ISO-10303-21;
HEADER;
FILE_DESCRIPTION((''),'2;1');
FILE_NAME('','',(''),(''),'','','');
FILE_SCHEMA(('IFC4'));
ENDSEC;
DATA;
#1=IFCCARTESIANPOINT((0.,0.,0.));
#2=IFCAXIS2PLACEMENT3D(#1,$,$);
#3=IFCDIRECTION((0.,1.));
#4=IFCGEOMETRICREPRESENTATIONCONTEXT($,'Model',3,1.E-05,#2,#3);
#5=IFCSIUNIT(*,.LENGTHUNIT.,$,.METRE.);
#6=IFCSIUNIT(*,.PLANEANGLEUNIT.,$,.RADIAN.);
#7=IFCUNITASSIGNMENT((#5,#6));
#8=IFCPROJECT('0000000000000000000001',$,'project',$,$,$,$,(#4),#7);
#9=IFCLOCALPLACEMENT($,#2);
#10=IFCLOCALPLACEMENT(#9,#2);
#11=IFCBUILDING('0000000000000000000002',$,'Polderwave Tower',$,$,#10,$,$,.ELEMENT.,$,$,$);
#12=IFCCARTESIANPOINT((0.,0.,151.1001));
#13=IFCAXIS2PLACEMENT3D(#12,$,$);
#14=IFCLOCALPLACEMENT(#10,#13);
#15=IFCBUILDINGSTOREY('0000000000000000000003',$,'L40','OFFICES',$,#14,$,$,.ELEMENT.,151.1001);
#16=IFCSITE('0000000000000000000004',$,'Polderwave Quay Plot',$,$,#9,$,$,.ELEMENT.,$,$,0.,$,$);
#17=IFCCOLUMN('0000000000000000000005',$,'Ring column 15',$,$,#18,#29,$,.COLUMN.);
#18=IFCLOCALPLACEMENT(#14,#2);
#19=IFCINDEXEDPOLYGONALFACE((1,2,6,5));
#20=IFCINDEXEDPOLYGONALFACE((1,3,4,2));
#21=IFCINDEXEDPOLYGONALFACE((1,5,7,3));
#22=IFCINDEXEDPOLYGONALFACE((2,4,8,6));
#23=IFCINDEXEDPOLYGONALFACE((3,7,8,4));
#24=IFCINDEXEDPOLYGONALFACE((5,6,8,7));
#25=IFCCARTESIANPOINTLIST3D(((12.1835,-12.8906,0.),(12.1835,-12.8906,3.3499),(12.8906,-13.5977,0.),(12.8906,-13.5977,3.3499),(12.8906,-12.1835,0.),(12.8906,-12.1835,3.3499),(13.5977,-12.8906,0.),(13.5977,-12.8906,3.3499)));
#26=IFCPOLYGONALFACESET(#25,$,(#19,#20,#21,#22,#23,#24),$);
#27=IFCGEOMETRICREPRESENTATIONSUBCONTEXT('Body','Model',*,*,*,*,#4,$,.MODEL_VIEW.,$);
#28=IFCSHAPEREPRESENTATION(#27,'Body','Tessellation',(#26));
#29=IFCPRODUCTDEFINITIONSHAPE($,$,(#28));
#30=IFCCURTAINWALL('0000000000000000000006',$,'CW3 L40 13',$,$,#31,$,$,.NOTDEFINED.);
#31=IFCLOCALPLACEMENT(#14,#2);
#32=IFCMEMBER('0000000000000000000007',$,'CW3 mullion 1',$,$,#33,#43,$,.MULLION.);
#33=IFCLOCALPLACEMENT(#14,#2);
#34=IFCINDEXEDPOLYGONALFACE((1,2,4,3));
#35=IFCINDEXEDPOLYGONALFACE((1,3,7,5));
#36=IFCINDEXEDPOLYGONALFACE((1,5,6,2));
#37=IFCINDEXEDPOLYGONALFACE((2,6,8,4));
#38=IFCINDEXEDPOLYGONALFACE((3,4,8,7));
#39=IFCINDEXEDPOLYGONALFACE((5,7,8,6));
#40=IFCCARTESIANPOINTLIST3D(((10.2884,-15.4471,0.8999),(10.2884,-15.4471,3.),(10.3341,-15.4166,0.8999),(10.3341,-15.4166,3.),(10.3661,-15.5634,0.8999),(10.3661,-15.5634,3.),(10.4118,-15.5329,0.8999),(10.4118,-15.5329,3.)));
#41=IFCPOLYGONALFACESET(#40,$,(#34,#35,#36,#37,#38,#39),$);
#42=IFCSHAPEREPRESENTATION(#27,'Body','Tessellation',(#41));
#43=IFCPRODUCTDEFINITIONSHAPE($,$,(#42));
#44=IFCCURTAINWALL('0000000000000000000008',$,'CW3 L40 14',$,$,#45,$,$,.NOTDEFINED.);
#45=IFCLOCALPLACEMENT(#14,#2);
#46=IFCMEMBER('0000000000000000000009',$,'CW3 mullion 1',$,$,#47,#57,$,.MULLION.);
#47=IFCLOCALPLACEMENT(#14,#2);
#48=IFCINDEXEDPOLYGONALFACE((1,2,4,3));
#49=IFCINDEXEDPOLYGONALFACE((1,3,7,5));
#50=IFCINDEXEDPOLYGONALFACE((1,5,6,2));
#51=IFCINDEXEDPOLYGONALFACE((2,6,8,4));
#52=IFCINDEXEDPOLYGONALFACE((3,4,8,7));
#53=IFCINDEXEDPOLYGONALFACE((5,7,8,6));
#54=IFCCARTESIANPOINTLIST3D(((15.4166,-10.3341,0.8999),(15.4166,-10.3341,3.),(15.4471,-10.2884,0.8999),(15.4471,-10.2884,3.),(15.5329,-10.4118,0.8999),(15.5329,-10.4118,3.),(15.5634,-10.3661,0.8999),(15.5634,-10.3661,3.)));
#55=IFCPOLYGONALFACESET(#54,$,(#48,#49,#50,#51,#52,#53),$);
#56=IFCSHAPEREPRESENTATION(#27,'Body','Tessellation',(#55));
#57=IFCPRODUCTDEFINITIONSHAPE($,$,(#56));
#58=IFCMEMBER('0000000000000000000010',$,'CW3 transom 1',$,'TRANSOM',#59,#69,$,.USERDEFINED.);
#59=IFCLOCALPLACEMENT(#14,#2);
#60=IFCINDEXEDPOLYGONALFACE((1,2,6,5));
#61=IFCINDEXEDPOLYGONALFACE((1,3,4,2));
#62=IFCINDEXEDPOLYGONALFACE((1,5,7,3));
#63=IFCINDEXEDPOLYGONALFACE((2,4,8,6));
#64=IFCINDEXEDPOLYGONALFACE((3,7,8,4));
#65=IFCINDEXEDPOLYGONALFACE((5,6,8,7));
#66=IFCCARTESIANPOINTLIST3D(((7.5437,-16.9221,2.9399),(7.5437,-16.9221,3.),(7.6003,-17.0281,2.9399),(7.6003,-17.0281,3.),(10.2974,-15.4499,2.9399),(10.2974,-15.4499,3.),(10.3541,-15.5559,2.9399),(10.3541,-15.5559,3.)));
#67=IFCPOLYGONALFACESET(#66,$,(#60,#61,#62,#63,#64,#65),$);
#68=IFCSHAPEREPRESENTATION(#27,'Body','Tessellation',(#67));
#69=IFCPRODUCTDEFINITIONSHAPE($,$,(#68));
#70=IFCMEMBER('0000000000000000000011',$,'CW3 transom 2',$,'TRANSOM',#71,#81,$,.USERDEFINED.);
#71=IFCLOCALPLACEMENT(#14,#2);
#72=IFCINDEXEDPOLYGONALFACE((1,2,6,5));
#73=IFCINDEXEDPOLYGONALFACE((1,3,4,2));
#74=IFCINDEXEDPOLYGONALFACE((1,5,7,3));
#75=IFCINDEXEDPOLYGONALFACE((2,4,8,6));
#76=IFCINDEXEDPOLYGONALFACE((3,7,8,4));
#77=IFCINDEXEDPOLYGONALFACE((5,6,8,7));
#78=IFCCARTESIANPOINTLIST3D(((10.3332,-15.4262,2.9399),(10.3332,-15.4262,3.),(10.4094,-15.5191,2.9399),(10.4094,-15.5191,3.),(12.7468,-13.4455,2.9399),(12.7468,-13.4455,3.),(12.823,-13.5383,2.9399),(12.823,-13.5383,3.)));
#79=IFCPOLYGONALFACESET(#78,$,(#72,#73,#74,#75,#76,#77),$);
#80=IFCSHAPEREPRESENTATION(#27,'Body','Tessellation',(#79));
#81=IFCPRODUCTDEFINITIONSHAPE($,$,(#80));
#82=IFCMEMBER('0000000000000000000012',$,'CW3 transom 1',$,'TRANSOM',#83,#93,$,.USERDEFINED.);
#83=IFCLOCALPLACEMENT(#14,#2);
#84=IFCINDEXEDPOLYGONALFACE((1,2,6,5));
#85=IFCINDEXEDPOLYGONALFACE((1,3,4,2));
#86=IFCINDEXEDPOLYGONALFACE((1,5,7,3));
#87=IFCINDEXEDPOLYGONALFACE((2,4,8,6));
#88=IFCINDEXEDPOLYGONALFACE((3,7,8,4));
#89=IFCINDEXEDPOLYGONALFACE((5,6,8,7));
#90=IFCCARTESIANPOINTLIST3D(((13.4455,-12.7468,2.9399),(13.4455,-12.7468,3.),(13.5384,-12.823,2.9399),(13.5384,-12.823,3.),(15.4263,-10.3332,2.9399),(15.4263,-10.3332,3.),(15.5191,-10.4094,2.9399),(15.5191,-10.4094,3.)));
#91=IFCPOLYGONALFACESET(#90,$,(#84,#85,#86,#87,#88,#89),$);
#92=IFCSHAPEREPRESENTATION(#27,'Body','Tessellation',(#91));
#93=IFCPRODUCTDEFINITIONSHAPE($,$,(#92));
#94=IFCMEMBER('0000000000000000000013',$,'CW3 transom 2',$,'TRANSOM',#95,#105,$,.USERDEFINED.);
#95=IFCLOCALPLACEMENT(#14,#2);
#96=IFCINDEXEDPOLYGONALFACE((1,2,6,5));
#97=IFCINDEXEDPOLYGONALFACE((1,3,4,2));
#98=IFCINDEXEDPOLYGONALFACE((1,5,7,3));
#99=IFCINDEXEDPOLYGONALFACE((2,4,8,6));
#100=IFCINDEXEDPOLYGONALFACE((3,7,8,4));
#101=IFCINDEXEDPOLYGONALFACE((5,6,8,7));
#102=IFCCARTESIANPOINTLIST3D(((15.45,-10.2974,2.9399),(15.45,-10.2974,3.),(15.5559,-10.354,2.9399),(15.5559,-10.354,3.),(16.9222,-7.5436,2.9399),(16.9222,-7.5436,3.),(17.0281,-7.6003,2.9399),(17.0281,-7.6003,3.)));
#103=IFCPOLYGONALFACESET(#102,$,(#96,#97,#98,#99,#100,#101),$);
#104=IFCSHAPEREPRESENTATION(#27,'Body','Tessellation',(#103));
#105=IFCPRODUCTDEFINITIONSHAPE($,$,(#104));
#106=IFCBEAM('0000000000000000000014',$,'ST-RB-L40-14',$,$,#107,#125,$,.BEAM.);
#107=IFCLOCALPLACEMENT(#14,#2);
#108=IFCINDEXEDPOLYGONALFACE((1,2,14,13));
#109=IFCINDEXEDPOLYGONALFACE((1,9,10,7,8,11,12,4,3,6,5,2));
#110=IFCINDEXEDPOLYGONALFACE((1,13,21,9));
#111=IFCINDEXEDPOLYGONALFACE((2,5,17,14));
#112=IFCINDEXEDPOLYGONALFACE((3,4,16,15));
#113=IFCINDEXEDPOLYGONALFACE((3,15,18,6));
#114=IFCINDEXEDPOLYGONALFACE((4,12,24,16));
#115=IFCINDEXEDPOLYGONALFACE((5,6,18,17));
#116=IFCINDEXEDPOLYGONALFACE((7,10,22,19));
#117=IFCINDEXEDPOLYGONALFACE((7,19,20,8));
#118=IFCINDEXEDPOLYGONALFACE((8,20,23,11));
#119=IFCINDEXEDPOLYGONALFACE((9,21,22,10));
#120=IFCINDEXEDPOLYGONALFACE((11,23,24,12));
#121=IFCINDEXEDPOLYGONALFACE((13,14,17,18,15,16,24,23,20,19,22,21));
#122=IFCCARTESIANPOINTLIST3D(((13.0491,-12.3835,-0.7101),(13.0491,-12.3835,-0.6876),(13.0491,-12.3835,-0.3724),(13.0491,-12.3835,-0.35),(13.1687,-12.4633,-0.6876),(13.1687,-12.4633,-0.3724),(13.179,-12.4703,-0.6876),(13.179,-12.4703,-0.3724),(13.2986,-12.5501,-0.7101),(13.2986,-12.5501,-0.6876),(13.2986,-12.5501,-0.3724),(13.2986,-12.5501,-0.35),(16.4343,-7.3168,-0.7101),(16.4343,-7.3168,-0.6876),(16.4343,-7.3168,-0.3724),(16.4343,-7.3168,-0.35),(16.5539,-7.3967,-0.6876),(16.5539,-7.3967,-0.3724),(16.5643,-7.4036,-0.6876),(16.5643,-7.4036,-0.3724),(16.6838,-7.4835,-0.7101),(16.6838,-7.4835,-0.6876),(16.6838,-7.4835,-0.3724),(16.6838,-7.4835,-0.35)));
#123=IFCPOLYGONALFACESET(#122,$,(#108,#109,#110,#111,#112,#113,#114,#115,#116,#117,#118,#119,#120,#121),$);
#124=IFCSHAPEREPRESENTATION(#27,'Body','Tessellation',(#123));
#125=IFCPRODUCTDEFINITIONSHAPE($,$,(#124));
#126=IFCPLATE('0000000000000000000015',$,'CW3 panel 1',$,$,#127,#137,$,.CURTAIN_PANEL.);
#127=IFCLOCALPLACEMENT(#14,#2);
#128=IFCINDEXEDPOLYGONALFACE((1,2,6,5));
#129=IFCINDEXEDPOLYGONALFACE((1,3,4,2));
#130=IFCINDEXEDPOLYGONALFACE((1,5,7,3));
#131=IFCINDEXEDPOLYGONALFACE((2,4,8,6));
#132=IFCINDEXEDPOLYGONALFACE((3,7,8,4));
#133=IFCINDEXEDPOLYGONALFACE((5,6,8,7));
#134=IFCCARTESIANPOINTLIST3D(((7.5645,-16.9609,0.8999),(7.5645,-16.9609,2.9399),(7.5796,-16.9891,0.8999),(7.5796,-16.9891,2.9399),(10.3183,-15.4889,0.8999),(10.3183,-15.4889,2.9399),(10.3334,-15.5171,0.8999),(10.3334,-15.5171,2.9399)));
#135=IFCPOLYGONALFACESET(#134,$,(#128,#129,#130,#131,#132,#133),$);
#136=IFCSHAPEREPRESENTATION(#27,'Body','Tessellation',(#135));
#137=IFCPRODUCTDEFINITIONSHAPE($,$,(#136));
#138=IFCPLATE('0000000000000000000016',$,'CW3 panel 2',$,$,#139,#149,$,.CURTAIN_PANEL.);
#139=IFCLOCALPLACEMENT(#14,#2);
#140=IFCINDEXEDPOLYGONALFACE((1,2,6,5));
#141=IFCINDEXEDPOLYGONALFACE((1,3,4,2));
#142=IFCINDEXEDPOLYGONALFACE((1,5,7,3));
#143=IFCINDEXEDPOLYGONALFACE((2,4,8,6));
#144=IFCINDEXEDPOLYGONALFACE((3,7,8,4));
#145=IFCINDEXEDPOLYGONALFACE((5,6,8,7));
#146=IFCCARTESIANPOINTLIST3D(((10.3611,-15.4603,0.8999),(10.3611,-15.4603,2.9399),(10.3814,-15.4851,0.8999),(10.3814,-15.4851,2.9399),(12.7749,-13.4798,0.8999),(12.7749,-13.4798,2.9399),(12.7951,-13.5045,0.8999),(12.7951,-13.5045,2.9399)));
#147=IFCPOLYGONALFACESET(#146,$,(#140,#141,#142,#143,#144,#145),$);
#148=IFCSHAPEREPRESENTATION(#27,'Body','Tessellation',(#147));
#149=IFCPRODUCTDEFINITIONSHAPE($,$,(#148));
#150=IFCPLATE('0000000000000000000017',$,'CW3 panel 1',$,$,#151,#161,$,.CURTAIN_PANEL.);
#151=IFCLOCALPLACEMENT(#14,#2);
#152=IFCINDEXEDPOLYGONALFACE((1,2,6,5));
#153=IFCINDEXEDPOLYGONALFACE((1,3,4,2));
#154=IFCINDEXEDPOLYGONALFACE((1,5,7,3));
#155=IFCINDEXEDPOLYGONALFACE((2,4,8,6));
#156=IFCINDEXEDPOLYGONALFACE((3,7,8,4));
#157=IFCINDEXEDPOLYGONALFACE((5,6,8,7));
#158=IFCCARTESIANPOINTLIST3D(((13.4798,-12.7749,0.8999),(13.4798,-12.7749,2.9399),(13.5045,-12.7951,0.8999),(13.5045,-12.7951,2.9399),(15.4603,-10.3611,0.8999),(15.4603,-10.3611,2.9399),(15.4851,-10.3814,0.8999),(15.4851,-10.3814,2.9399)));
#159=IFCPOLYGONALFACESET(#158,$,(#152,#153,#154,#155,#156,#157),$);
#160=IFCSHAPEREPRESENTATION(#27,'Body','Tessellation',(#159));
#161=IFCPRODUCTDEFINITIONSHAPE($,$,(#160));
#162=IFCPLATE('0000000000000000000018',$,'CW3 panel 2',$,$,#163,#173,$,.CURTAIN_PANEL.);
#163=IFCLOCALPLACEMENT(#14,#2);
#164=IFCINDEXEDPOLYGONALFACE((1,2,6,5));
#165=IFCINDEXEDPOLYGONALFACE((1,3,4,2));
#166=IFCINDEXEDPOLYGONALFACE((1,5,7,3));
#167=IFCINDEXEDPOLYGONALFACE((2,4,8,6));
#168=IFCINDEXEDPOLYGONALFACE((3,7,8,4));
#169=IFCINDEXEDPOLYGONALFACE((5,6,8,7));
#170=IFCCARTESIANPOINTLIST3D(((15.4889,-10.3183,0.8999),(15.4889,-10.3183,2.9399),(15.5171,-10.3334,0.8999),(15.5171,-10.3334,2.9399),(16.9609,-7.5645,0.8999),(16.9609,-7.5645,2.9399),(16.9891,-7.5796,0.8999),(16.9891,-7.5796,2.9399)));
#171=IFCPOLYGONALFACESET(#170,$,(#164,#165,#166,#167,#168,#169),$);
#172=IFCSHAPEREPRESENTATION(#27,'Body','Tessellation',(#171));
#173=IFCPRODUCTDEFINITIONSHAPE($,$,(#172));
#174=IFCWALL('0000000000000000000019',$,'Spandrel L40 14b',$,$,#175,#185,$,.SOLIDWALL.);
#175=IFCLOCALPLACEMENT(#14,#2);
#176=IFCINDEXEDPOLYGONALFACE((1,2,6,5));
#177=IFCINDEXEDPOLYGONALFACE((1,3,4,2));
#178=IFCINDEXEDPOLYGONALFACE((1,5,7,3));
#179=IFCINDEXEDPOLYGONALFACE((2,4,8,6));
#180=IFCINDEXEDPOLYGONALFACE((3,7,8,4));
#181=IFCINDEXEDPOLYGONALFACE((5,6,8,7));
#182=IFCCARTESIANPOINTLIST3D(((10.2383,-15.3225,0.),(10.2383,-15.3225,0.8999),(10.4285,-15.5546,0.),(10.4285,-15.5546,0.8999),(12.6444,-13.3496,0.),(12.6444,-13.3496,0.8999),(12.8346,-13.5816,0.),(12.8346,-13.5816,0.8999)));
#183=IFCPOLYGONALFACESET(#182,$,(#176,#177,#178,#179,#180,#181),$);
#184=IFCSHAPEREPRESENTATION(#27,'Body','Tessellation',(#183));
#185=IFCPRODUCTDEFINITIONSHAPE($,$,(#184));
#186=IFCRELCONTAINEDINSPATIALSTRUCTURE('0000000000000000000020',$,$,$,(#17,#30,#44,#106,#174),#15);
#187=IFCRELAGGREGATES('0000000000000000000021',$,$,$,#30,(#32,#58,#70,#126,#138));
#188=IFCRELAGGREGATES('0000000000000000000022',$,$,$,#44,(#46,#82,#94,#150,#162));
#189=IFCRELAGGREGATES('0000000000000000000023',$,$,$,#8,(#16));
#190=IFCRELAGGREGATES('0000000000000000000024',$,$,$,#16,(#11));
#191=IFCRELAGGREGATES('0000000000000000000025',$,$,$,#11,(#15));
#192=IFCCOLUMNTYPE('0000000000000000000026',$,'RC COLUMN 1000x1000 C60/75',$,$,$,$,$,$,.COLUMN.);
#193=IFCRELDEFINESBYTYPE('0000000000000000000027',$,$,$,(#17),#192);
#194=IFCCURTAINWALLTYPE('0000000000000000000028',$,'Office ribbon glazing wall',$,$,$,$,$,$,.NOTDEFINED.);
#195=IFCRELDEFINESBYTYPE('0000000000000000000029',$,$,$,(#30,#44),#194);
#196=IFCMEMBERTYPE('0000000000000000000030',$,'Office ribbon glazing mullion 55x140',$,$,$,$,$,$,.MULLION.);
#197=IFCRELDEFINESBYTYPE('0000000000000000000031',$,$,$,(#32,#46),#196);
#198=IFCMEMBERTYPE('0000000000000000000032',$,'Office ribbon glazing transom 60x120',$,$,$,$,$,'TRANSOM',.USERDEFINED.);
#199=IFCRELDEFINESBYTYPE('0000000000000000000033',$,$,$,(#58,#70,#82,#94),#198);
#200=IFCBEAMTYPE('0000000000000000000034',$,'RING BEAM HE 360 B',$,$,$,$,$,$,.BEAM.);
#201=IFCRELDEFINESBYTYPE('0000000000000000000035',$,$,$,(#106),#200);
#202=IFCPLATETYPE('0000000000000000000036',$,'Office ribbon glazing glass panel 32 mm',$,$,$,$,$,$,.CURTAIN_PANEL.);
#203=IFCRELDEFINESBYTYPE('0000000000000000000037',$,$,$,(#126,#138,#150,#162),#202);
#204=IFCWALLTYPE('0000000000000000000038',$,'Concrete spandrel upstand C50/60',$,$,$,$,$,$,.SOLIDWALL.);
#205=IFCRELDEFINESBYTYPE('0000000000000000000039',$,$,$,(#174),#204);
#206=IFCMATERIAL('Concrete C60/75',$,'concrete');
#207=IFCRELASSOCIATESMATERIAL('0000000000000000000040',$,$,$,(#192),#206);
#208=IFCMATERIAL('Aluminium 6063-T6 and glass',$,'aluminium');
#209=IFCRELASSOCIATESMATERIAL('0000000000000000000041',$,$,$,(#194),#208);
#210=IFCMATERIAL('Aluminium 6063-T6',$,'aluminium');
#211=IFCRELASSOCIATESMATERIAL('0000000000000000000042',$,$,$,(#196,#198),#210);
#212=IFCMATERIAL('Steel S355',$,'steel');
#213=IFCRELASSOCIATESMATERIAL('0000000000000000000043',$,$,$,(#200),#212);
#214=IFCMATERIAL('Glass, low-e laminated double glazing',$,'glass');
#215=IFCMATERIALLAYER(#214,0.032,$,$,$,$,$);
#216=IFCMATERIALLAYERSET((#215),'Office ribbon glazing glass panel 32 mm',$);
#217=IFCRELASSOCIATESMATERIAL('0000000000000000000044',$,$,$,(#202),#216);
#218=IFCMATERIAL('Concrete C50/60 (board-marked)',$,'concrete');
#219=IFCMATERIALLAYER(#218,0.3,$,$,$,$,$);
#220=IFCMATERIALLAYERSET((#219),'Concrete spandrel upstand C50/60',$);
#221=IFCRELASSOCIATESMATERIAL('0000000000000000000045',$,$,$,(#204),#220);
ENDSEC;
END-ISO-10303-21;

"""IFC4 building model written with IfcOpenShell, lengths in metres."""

from ifc_helpers import new_model, si_unit, direction, frame, frame_2d, origin, origin_2d, place, context, subcontext, project, spatial, rectangle, i_section, extrude, material, layer, layer_set, material_profile, profile_set, type_object, element, aggregate, save


model = new_model("IFC4")

# Units and contexts
model_context = context("Model", 3, precision=1e-05, world=origin(), true_north=direction((0.0, 1.0)))
body_context = subcontext(model_context, "Body", "Model", "MODEL_VIEW")
ifc_project = project(units=[si_unit("LENGTHUNIT", "METRE"), si_unit("PLANEANGLEUNIT", "RADIAN")], contexts=[model_context])

# Site, building, storey
site_placement = place(None, origin())
site = spatial("IfcSite", under=ifc_project, at=site_placement, Name="Polderwave Quay Plot", CompositionType="ELEMENT", RefElevation=0.0)
building_placement = place(site_placement, origin())
building = spatial("IfcBuilding", under=site, at=building_placement, Name="Polderwave Tower", CompositionType="ELEMENT")
storey_placement = place(building_placement, frame((0.0, 0.0, 151.1001)))
storey = spatial("IfcBuildingStorey", under=building, at=storey_placement, Name="L40", Description="OFFICES", CompositionType="ELEMENT", Elevation=151.1001)

# Column
ifc_material_1 = material(Name="Concrete C60/75", Category="concrete")
ifc_material_profile_1 = material_profile(ifc_material_1, rectangle(XDim=1.0, YDim=1.0, at=origin_2d()), Name="RC 1000x1000")
ifc_profile_set_1 = profile_set([ifc_material_profile_1], Name="Concrete C60/75")
column_type = type_object("IfcColumnType", Name="RC COLUMN 1000x1000 C60/75", PredefinedType="COLUMN", material=ifc_profile_set_1)
column_placement = place(storey_placement, frame((12.8906, -12.8906, 0.0), z_axis=(0.0, 0.0, 1.0), x_axis=(0.707107, -0.707107, 0.0)))
element("IfcColumn", 1, at=column_placement, inside=storey, type_object=column_type, Name="Ring column 15", PredefinedType="COLUMN", context=body_context, shape_type="SweptSolid", body=[
    extrude(rectangle(XDim=1.0, YDim=1.0, at=origin_2d()), origin(), (0.0, 0.0, 1.0), 3.3499),
])

# Curtain walls, members
ifc_material_2 = material(Name="Aluminium 6063-T6 and glass", Category="aluminium")
curtain_wall_type = type_object("IfcCurtainWallType", Name="Office ribbon glazing wall", PredefinedType="NOTDEFINED", material=ifc_material_2)
curtain_wall_1_placement = place(storey_placement, origin())
curtain_wall_1 = element("IfcCurtainWall", 2, at=curtain_wall_1_placement, inside=storey, type_object=curtain_wall_type, Name="CW3 L40 13", PredefinedType="NOTDEFINED")
ifc_material_3 = material(Name="Aluminium 6063-T6", Category="aluminium")
ifc_material_profile_2 = material_profile(ifc_material_3, rectangle(XDim=0.1399, YDim=0.0549, at=origin_2d()), Name="AL 55x140")
ifc_profile_set_2 = profile_set([ifc_material_profile_2], Name="Aluminium 6063-T6")
member_type_1 = type_object("IfcMemberType", Name="Office ribbon glazing mullion 55x140", PredefinedType="MULLION", material=ifc_profile_set_2)
member_1_placement = place(storey_placement, frame((10.3501, -15.49, 0.8999), z_axis=(0.0, 0.0, 1.0), x_axis=(-0.555548, 0.831484, 0.0)))
member_1 = element("IfcMember", 3, at=member_1_placement, type_object=member_type_1, Name="CW3 mullion 1", PredefinedType="MULLION", context=body_context, shape_type="SweptSolid", body=[
    extrude(rectangle(XDim=0.1399, YDim=0.0549, at=origin_2d()), origin(), (0.0, 0.0, 1.0), 2.1001),
])
curtain_wall_2_placement = place(storey_placement, origin())
curtain_wall_2 = element("IfcCurtainWall", 4, at=curtain_wall_2_placement, inside=storey, type_object=curtain_wall_type, Name="CW3 L40 14", PredefinedType="NOTDEFINED")
member_2_placement = place(storey_placement, frame((15.49, -10.3501, 0.8999), z_axis=(0.0, 0.0, 1.0), x_axis=(-0.831484, 0.555548, 0.0)))
member_2 = element("IfcMember", 5, at=member_2_placement, type_object=member_type_1, Name="CW3 mullion 1", PredefinedType="MULLION", context=body_context, shape_type="SweptSolid", body=[
    extrude(rectangle(XDim=0.1399, YDim=0.0549, at=origin_2d()), origin(), (0.0, 0.0, 1.0), 2.1001),
])

# Members
ifc_material_profile_3 = material_profile(ifc_material_3, rectangle(XDim=0.1201, YDim=0.0601, at=origin_2d()), Name="AL 60x120")
ifc_profile_set_3 = profile_set([ifc_material_profile_3], Name="Aluminium 6063-T6")
member_type_2 = type_object("IfcMemberType", Name="Office ribbon glazing transom 60x120", ElementType="TRANSOM", PredefinedType="USERDEFINED", material=ifc_profile_set_3)
member_3_placement = place(storey_placement, frame((7.572, -16.9751, 2.97), z_axis=(0.881881, 0.471473, 0.0), x_axis=(-0.471473, 0.881881, 0.0)))
member_3 = element("IfcMember", 6, at=member_3_placement, type_object=member_type_2, Name="CW3 transom 1", ObjectType="TRANSOM", PredefinedType="USERDEFINED", context=body_context, shape_type="SweptSolid", body=[
    extrude(rectangle(XDim=0.1201, YDim=0.0601, at=origin_2d()), origin(), (0.0, 0.0, 1.0), 3.1226),
])
member_4_placement = place(storey_placement, frame((10.3713, -15.4727, 2.97), z_axis=(0.773019, 0.634383, 0.0), x_axis=(-0.634383, 0.773019, 0.0)))
member_4 = element("IfcMember", 7, at=member_4_placement, type_object=member_type_2, Name="CW3 transom 2", ObjectType="TRANSOM", PredefinedType="USERDEFINED", context=body_context, shape_type="SweptSolid", body=[
    extrude(rectangle(XDim=0.1201, YDim=0.0601, at=origin_2d()), origin(), (0.0, 0.0, 1.0), 3.1223),
])
member_5_placement = place(storey_placement, frame((13.4919, -12.7849, 2.97), z_axis=(0.634383, 0.773019, 0.0), x_axis=(-0.773019, 0.634383, 0.0)))
member_5 = element("IfcMember", 8, at=member_5_placement, type_object=member_type_2, Name="CW3 transom 1", ObjectType="TRANSOM", PredefinedType="USERDEFINED", context=body_context, shape_type="SweptSolid", body=[
    extrude(rectangle(XDim=0.1201, YDim=0.0601, at=origin_2d()), origin(), (0.0, 0.0, 1.0), 3.1223),
])
member_6_placement = place(storey_placement, frame((15.5029, -10.3257, 2.97), z_axis=(0.471473, 0.881881, 0.0), x_axis=(-0.881881, 0.471473, 0.0)))
member_6 = element("IfcMember", 9, at=member_6_placement, type_object=member_type_2, Name="CW3 transom 2", ObjectType="TRANSOM", PredefinedType="USERDEFINED", context=body_context, shape_type="SweptSolid", body=[
    extrude(rectangle(XDim=0.1201, YDim=0.0601, at=origin_2d()), origin(), (0.0, 0.0, 1.0), 3.1226),
])

# Beam
ifc_material_4 = material(Name="Steel S355", Category="steel")
ifc_material_profile_4 = material_profile(ifc_material_4, i_section(OverallWidth=0.3, OverallDepth=0.3601, WebThickness=0.0125, FlangeThickness=0.0225, at=origin_2d()), Name="HE 360 B")
ifc_profile_set_4 = profile_set([ifc_material_profile_4], Name="Steel S355")
beam_type = type_object("IfcBeamType", Name="RING BEAM HE 360 B", PredefinedType="BEAM", material=ifc_profile_set_4)
beam_placement = place(storey_placement, frame((13.1738, -12.4668, -0.53), z_axis=(0.555551, 0.831483, 0.0), x_axis=(-0.831483, 0.555551, 0.0)))
element("IfcBeam", 10, at=beam_placement, inside=storey, type_object=beam_type, Name="ST-RB-L40-14", PredefinedType="BEAM", context=body_context, shape_type="SweptSolid", body=[
    extrude(i_section(OverallWidth=0.3, OverallDepth=0.3601, WebThickness=0.0125, FlangeThickness=0.0225, at=origin_2d()), origin(), (0.0, 0.0, 1.0), 6.0935),
])

# Plates
ifc_material_5 = material(Name="Glass, low-e laminated double glazing", Category="glass")
ifc_layer_1 = layer(ifc_material_5, 0.032)
ifc_layer_set_1 = layer_set([ifc_layer_1], Name="Office ribbon glazing glass panel 32 mm")
plate_type = type_object("IfcPlateType", Name="Office ribbon glazing glass panel 32 mm", PredefinedType="CURTAIN_PANEL", material=ifc_layer_set_1)
plate_1_placement = place(storey_placement, frame((8.949, -16.239, 0.8999), z_axis=(0.0, 0.0, 1.0), x_axis=(0.881904, 0.471429, 0.0)))
plate_1 = element("IfcPlate", 11, at=plate_1_placement, type_object=plate_type, Name="CW3 panel 1", PredefinedType="CURTAIN_PANEL", context=body_context, shape_type="SweptSolid", body=[
    extrude(rectangle(XDim=3.1226, YDim=0.032, at=origin_2d()), origin(), (0.0, 0.0, 1.0), 2.04),
])
plate_2_placement = place(storey_placement, frame((11.5781, -14.4824, 0.8999), z_axis=(0.0, 0.0, 1.0), x_axis=(0.773066, 0.634326, 0.0)))
plate_2 = element("IfcPlate", 12, at=plate_2_placement, type_object=plate_type, Name="CW3 panel 2", PredefinedType="CURTAIN_PANEL", context=body_context, shape_type="SweptSolid", body=[
    extrude(rectangle(XDim=3.1223, YDim=0.032, at=origin_2d()), origin(), (0.0, 0.0, 1.0), 2.04),
])
aggregate(curtain_wall_1, [member_1, member_3, member_4, plate_1, plate_2])
plate_3_placement = place(storey_placement, frame((14.4824, -11.5781, 0.8999), z_axis=(0.0, 0.0, 1.0), x_axis=(0.634326, 0.773066, 0.0)))
plate_3 = element("IfcPlate", 13, at=plate_3_placement, type_object=plate_type, Name="CW3 panel 1", PredefinedType="CURTAIN_PANEL", context=body_context, shape_type="SweptSolid", body=[
    extrude(rectangle(XDim=3.1223, YDim=0.032, at=origin_2d()), origin(), (0.0, 0.0, 1.0), 2.04),
])
plate_4_placement = place(storey_placement, frame((16.239, -8.949, 0.8999), z_axis=(0.0, 0.0, 1.0), x_axis=(0.471429, 0.881904, 0.0)))
plate_4 = element("IfcPlate", 14, at=plate_4_placement, type_object=plate_type, Name="CW3 panel 2", PredefinedType="CURTAIN_PANEL", context=body_context, shape_type="SweptSolid", body=[
    extrude(rectangle(XDim=3.1226, YDim=0.032, at=origin_2d()), origin(), (0.0, 0.0, 1.0), 2.04),
])
aggregate(curtain_wall_2, [member_2, member_5, member_6, plate_3, plate_4])

# Wall
ifc_material_6 = material(Name="Concrete C50/60 (board-marked)", Category="concrete")
ifc_layer_2 = layer(ifc_material_6, 0.3)
ifc_layer_set_2 = layer_set([ifc_layer_2], Name="Concrete spandrel upstand C50/60")
wall_type_1 = type_object("IfcWallType", Name="Concrete spandrel upstand C50/60", PredefinedType="SOLIDWALL", material=ifc_layer_set_2)
for number, where, z_axis, x_axis, name in (
    (15, (10.3335, -15.4385, 0.0), (0.0, 0.0, 1.0), (0.773272, 0.634075, 0.0), "Spandrel L40 14b"),
):
    element("IfcWall", number, at=place(storey_placement, frame(where, z_axis=z_axis, x_axis=x_axis)), inside=storey, type_object=wall_type_1, Name=name, PredefinedType="SOLIDWALL", context=body_context, shape_type="SweptSolid", body=[
        extrude(rectangle(XDim=3.1116, YDim=0.3, at=frame_2d((1.5557, 0.0))), origin(), (0.0, 0.0, 1.0), 0.8999),
    ])

save(model, "model.ifc")
